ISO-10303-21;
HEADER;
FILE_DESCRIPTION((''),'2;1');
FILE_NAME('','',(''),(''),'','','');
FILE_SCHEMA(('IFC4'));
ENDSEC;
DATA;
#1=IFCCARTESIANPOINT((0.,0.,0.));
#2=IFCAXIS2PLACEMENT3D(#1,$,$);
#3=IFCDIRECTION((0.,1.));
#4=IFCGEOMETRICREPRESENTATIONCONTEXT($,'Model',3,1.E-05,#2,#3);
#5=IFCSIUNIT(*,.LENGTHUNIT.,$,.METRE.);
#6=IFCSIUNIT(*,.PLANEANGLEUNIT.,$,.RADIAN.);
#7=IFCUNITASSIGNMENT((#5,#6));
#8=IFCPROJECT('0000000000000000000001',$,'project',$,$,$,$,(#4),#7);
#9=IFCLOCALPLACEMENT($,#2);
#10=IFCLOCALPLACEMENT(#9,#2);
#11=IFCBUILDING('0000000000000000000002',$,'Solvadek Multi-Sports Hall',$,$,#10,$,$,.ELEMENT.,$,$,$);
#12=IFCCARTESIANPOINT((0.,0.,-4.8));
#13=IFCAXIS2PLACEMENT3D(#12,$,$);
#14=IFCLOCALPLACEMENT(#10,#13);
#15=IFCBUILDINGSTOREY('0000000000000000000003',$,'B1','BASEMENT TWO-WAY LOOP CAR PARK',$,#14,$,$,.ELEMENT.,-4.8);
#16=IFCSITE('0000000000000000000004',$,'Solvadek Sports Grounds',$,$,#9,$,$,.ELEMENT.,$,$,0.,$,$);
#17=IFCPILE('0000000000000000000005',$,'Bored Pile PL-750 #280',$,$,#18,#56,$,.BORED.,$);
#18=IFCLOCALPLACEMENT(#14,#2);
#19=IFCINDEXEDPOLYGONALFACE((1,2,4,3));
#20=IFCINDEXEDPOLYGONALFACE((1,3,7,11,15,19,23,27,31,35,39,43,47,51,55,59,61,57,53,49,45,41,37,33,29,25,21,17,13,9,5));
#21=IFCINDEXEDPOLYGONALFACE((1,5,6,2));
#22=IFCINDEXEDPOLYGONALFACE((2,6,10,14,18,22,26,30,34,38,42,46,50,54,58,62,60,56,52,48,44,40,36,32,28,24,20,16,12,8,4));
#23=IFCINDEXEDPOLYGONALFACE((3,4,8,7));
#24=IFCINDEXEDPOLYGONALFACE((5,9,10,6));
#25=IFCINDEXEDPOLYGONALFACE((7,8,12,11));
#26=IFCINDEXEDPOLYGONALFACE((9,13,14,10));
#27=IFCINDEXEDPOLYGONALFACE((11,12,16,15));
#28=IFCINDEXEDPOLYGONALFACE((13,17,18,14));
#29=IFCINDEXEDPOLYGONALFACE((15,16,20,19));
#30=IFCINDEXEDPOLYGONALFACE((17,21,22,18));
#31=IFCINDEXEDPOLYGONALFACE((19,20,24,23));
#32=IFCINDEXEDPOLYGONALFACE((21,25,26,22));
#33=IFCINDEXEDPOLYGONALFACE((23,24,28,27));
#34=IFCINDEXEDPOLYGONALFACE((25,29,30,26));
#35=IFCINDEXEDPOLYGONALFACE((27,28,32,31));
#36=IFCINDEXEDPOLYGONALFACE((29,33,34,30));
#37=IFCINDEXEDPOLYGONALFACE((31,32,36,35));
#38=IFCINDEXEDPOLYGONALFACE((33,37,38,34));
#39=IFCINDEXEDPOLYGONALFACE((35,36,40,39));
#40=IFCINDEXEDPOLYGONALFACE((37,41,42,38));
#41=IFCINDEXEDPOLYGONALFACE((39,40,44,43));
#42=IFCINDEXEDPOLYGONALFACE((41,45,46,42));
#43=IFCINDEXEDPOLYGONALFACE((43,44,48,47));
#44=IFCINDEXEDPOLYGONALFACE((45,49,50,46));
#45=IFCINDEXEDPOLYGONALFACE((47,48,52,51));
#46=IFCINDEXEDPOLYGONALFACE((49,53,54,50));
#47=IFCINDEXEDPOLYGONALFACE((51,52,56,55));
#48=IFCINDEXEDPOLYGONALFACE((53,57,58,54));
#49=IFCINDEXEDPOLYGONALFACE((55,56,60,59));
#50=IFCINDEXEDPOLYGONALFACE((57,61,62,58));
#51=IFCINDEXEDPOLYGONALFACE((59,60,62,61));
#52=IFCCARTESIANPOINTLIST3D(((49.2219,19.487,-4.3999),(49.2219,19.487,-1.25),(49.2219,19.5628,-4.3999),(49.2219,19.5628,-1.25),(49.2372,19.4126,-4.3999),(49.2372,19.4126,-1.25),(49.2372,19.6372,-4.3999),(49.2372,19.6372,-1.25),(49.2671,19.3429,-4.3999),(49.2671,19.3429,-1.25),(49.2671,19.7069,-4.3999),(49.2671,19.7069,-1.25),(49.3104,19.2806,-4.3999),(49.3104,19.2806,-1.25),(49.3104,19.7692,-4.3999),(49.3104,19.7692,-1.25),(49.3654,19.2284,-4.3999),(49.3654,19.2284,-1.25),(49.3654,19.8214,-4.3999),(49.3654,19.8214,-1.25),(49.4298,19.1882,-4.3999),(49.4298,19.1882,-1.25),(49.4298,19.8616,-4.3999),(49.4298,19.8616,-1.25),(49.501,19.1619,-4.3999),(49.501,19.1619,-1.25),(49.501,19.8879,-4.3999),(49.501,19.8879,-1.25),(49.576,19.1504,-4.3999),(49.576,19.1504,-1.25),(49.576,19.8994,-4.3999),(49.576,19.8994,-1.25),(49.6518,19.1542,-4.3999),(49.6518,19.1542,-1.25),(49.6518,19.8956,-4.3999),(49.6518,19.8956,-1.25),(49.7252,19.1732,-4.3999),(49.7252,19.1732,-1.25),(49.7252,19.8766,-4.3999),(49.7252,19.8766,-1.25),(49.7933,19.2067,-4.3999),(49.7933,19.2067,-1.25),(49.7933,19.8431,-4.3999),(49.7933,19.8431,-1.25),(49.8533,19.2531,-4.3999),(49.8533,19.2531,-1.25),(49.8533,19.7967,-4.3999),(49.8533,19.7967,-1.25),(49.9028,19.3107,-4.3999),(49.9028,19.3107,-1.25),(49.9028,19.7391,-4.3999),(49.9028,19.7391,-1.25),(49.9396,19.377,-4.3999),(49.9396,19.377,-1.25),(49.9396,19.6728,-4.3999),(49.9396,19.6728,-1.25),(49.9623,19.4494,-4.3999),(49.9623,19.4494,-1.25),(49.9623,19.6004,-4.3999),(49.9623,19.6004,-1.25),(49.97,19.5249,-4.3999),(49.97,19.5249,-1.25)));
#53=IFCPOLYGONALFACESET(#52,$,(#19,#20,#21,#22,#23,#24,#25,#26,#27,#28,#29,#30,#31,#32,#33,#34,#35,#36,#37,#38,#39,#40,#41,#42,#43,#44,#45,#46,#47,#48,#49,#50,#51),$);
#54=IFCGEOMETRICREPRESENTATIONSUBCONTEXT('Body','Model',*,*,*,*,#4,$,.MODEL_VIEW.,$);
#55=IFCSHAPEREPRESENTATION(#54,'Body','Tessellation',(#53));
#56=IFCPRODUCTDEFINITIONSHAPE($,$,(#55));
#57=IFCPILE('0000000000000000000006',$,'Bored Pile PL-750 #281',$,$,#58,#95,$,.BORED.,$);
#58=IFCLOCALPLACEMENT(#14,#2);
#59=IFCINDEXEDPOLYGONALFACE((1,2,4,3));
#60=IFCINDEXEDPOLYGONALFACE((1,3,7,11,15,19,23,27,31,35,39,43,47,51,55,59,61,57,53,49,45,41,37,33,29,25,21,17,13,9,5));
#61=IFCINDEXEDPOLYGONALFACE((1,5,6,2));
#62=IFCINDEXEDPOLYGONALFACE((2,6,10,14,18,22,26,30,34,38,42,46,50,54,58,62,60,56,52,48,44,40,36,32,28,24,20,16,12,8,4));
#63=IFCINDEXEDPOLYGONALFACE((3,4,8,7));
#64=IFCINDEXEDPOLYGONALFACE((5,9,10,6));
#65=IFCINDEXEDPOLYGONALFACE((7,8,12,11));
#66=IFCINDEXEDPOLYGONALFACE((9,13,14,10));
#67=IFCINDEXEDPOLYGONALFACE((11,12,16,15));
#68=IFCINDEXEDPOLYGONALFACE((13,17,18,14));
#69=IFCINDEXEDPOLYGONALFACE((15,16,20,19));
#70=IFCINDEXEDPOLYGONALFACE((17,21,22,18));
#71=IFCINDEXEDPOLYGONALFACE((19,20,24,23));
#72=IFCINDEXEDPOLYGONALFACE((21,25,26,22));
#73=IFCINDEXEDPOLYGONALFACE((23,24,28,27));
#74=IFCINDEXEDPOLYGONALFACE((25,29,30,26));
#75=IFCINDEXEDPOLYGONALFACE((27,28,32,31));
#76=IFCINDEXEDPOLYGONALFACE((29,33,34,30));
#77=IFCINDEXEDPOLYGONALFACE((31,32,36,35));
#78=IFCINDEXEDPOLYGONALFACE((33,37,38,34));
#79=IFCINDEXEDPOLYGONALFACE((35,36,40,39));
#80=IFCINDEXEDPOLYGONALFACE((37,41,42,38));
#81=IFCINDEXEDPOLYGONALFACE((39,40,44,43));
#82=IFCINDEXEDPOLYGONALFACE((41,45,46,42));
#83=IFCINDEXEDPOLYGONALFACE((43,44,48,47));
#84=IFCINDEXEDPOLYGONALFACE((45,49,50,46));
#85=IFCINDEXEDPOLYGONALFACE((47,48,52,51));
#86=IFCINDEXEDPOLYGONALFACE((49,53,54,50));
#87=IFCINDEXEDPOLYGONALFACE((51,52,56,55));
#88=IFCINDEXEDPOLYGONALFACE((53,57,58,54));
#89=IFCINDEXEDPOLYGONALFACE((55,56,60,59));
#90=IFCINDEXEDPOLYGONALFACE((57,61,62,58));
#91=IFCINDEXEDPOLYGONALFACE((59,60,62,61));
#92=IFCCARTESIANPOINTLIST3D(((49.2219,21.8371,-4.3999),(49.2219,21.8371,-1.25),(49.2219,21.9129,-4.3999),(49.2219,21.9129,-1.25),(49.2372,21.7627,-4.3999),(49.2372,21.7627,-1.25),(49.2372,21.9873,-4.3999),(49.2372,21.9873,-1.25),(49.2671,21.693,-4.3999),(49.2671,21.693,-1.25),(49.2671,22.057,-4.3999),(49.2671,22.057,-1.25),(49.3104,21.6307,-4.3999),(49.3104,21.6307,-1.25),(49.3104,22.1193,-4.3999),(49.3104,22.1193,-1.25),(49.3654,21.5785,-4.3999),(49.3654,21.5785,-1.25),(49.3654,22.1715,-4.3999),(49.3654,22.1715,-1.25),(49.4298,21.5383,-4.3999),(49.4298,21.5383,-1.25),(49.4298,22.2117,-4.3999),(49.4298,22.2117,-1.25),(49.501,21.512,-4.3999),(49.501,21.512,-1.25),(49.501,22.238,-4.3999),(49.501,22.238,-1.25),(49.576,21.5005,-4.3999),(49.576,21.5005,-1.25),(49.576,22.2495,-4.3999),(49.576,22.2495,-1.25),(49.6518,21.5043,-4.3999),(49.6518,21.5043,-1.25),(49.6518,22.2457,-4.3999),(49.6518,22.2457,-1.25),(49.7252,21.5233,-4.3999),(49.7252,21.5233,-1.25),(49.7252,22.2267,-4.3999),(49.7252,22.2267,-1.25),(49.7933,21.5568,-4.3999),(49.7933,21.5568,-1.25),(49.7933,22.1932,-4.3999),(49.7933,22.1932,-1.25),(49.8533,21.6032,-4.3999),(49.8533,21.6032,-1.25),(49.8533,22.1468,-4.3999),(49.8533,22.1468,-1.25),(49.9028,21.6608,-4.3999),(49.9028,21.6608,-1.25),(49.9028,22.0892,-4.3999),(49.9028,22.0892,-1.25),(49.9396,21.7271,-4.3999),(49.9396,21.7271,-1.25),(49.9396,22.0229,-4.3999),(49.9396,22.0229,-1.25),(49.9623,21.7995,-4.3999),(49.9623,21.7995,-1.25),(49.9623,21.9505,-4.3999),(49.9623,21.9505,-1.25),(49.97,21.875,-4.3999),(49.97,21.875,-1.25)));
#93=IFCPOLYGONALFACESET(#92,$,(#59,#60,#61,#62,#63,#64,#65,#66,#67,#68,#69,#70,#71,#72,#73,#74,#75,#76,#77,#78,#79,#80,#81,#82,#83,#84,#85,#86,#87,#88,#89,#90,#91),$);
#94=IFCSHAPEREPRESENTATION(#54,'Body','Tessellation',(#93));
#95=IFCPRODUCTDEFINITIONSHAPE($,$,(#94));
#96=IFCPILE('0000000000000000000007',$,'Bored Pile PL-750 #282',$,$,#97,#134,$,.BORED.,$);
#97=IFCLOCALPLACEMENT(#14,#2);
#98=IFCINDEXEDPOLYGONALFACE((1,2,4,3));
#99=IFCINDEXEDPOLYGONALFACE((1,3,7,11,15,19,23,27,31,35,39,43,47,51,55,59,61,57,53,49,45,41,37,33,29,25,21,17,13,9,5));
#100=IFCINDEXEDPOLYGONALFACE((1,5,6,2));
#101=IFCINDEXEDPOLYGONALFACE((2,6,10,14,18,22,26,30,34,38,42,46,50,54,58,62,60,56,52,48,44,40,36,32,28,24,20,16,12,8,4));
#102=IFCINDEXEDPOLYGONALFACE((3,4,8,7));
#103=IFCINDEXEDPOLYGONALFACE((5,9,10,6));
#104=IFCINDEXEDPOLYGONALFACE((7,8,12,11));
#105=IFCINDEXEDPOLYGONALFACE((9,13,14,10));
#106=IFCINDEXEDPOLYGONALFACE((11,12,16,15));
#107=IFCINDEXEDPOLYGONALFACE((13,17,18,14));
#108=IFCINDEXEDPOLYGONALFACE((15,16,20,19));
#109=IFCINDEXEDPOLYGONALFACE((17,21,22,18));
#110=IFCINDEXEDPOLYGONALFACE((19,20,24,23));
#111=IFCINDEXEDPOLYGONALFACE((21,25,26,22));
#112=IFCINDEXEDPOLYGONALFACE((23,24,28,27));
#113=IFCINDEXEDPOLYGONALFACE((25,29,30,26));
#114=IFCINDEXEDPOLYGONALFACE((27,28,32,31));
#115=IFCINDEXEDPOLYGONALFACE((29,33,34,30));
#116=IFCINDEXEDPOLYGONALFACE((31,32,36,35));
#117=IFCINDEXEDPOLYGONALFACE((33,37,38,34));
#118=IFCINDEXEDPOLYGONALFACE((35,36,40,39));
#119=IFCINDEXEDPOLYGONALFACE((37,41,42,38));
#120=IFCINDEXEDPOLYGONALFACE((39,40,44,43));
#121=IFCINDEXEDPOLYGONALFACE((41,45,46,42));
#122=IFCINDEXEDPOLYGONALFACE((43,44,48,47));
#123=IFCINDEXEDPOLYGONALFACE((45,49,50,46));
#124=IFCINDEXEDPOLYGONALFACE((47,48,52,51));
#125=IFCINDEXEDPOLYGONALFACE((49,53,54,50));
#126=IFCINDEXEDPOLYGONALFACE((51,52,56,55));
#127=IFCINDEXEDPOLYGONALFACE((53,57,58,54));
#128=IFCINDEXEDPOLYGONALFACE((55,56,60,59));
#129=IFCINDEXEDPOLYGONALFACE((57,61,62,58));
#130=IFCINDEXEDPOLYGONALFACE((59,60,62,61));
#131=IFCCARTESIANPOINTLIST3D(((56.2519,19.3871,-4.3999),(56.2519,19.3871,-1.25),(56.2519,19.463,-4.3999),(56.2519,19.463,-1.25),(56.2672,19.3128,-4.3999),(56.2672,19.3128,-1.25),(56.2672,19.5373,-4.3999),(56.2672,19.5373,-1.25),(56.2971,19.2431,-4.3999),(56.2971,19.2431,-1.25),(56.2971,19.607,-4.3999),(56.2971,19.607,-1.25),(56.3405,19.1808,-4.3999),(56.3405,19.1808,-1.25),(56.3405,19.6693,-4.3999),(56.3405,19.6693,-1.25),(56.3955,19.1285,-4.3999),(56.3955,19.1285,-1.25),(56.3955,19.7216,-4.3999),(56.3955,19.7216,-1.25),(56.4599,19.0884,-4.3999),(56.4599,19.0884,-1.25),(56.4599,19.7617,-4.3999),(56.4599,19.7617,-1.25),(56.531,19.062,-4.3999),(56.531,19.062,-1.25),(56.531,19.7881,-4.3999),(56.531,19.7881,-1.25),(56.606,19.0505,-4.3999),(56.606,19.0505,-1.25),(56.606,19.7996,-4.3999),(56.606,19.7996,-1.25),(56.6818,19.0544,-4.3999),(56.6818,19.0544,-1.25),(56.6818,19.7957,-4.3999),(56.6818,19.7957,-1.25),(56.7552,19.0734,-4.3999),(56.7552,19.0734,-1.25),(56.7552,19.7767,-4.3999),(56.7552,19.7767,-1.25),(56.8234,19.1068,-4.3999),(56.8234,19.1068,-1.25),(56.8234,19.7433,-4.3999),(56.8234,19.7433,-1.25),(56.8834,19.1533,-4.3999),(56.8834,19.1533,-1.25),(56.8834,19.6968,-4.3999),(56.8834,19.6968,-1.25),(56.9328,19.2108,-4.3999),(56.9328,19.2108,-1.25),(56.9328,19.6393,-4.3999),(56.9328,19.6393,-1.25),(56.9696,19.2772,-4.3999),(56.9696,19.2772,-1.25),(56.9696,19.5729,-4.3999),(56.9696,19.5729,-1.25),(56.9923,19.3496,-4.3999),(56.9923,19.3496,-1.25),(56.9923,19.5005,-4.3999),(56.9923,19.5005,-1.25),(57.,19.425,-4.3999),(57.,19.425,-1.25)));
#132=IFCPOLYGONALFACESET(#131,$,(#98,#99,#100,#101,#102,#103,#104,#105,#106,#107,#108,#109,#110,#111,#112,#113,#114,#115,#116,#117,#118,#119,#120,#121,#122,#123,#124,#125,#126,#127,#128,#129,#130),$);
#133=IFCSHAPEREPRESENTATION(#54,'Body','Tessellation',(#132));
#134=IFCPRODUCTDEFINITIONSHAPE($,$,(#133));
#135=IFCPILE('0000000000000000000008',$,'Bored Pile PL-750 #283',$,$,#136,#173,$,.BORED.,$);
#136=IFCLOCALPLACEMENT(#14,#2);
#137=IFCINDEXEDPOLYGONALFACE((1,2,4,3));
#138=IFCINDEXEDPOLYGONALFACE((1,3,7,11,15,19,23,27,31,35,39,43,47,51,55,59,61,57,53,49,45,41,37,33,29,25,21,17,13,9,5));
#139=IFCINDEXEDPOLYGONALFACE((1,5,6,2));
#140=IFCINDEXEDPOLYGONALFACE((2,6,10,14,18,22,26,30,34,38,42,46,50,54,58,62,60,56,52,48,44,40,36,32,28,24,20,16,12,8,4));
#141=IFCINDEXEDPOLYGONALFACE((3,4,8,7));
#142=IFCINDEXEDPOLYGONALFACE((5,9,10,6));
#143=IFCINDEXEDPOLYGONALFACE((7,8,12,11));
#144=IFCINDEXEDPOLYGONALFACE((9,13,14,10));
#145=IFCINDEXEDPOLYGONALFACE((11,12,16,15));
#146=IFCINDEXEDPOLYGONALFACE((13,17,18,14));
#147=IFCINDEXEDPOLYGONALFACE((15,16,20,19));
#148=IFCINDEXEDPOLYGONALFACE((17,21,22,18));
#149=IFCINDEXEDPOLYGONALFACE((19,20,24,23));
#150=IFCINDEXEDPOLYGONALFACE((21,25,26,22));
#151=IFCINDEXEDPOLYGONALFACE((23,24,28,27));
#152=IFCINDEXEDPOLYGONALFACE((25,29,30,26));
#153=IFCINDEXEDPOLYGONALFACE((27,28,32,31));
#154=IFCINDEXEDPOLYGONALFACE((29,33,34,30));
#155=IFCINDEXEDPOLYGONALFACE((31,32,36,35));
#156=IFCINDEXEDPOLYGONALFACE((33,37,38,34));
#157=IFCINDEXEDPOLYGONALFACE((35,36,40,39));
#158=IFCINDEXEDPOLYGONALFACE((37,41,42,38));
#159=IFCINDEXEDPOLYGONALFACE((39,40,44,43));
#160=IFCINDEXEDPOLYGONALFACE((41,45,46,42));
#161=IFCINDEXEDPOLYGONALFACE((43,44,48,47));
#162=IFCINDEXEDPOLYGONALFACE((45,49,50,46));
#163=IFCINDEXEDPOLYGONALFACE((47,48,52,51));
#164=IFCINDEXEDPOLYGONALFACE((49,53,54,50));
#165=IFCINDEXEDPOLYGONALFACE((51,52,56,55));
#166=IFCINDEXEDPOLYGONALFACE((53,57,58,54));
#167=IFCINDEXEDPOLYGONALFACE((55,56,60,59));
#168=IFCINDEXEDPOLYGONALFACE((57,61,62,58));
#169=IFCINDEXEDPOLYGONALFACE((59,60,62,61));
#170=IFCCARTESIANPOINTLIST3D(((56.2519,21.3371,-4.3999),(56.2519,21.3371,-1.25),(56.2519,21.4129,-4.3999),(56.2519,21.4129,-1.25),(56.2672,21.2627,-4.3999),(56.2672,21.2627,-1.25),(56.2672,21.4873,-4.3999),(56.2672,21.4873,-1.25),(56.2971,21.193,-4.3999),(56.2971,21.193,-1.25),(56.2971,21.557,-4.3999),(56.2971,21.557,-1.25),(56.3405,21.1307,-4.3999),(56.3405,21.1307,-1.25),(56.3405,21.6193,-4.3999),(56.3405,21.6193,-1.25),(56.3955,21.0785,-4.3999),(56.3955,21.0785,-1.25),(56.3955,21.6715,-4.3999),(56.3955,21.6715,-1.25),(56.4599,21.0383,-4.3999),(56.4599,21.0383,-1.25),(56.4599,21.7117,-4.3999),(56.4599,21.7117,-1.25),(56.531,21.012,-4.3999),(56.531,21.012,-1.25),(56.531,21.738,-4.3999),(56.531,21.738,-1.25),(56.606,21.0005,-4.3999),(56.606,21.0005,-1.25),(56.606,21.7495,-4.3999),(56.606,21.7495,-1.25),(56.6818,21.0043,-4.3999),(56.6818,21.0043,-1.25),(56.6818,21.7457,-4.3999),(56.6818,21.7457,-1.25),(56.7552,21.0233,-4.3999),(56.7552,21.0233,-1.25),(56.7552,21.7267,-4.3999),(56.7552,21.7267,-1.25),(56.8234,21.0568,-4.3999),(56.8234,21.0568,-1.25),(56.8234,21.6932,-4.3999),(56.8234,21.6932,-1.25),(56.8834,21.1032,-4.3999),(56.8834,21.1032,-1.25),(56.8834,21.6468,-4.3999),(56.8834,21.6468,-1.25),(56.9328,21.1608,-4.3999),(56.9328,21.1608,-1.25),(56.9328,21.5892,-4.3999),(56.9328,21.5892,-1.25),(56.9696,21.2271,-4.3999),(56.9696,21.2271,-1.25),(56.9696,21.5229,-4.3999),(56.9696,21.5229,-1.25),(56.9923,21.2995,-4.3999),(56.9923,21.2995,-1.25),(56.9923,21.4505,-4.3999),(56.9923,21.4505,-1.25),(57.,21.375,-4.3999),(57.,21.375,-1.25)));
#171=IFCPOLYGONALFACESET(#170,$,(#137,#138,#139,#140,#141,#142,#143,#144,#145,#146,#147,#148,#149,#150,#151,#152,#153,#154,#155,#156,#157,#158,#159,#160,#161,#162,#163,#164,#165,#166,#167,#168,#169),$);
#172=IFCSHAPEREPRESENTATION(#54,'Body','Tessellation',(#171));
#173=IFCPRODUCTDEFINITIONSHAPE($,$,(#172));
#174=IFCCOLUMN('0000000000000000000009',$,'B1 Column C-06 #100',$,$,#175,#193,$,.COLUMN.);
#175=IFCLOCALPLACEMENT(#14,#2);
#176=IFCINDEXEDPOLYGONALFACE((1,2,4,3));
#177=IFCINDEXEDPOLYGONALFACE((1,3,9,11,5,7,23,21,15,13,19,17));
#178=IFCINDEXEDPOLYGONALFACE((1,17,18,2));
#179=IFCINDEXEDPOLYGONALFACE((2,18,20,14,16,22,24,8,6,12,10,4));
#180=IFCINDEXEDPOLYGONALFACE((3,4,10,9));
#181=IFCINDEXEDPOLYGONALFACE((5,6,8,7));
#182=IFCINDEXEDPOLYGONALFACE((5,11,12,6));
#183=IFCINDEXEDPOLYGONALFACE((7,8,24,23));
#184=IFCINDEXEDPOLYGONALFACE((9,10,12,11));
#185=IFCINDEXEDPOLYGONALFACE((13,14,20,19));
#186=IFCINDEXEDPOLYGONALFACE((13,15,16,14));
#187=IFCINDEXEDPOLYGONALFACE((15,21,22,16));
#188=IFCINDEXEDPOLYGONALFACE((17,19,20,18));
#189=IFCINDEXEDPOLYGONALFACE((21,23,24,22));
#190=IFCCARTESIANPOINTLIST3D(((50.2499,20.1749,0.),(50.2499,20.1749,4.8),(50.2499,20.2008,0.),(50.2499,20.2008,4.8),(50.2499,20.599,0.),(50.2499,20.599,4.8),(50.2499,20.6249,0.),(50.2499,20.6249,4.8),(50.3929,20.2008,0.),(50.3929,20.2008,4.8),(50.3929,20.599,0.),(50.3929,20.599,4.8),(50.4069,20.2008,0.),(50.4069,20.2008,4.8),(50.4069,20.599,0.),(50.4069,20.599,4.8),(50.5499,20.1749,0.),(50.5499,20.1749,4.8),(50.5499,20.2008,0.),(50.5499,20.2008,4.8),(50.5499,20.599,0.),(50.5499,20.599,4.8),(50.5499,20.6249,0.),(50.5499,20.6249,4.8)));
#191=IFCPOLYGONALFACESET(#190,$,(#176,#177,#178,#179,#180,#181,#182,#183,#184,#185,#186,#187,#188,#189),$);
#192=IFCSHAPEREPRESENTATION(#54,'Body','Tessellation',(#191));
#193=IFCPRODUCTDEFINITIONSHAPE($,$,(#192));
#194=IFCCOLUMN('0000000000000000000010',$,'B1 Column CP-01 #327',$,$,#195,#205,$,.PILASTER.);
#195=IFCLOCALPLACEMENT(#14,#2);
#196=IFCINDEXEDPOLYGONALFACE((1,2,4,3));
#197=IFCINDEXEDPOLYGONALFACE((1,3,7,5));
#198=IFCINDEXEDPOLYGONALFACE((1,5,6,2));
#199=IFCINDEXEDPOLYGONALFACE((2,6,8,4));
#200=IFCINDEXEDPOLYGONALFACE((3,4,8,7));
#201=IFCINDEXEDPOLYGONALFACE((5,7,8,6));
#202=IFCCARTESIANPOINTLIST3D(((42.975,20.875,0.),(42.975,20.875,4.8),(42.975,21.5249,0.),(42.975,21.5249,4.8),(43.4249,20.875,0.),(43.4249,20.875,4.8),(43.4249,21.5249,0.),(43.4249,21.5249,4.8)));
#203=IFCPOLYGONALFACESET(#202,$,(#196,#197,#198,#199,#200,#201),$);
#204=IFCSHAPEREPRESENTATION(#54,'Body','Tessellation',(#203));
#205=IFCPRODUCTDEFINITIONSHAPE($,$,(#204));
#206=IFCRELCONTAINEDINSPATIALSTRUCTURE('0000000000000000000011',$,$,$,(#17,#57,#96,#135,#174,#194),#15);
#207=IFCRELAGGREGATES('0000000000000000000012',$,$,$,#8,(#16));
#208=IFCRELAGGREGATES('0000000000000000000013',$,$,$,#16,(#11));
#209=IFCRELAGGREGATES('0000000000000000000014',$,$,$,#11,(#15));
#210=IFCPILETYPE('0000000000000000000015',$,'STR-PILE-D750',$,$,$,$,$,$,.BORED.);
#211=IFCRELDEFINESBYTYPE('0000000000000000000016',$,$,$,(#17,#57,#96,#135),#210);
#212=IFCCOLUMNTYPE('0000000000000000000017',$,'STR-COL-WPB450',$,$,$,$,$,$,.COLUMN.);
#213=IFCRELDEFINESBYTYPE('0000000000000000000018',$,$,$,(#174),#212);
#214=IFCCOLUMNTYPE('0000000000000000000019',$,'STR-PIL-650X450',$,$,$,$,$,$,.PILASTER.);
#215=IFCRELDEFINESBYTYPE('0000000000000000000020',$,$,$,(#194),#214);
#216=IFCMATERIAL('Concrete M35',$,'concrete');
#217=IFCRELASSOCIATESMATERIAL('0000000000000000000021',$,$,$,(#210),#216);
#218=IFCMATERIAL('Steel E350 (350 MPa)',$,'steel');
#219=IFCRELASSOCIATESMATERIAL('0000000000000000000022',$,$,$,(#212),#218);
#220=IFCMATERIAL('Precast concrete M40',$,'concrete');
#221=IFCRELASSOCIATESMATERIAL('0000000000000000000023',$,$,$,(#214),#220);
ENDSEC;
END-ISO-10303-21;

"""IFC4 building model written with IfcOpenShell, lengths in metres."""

from ifc_helpers import new_model, si_unit, direction, frame, origin, origin_2d, place, context, subcontext, project, spatial, rectangle, circle, i_section, extrude, material, material_profile, profile_set, type_object, element, save


model = new_model("IFC4")

# Units and contexts
model_context = context("Model", 3, precision=1e-05, world=origin(), true_north=direction((0.0, 1.0)))
body_context = subcontext(model_context, "Body", "Model", "MODEL_VIEW")
ifc_project = project(units=[si_unit("LENGTHUNIT", "METRE"), si_unit("PLANEANGLEUNIT", "RADIAN")], contexts=[model_context])

# Site, building, storey
site_placement = place(None, origin())
site = spatial("IfcSite", under=ifc_project, at=site_placement, Name="Solvadek Sports Grounds", CompositionType="ELEMENT", RefElevation=0.0)
building_placement = place(site_placement, origin())
building = spatial("IfcBuilding", under=site, at=building_placement, Name="Solvadek Multi-Sports Hall", CompositionType="ELEMENT")
storey_placement = place(building_placement, frame((0.0, 0.0, -4.8)))
storey = spatial("IfcBuildingStorey", under=building, at=storey_placement, Name="B1", Description="BASEMENT TWO-WAY LOOP CAR PARK", CompositionType="ELEMENT", Elevation=-4.8)

# Piles
ifc_material_1 = material(Name="Concrete M35", Category="concrete")
ifc_material_profile_1 = material_profile(ifc_material_1, circle(Radius=0.375, at=origin_2d()), Name="BORED PILE D750")
ifc_profile_set_1 = profile_set([ifc_material_profile_1], Name="Concrete M35")
pile_type_1 = type_object("IfcPileType", Name="STR-PILE-D750", PredefinedType="BORED", material=ifc_profile_set_1)
for number, where, z_axis, x_axis, name in (
    (1, (49.595, 19.5249, -1.25), (0.0, 0.0, -1.0), (1.0, 0.0, 0.0), "Bored Pile PL-750 #280"),
    (2, (49.595, 21.875, -1.25), (0.0, 0.0, -1.0), (1.0, 0.0, 0.0), "Bored Pile PL-750 #281"),
    (3, (56.625, 19.425, -1.25), (0.0, 0.0, -1.0), (1.0, 0.0, 0.0), "Bored Pile PL-750 #282"),
    (4, (56.625, 21.375, -1.25), (0.0, 0.0, -1.0), (1.0, 0.0, 0.0), "Bored Pile PL-750 #283"),
):
    element("IfcPile", number, at=place(storey_placement, frame(where, z_axis=z_axis, x_axis=x_axis)), inside=storey, type_object=pile_type_1, Name=name, PredefinedType="BORED", context=body_context, shape_type="SweptSolid", body=[
        extrude(circle(Radius=0.375, at=origin_2d()), origin(), (0.0, 0.0, 1.0), 3.1499),
    ])

# Columns
ifc_material_2 = material(Name="Steel E350 (350 MPa)", Category="steel")
ifc_material_profile_2 = material_profile(ifc_material_2, i_section(OverallWidth=0.3, OverallDepth=0.45, WebThickness=0.0139, FlangeThickness=0.0259, at=origin_2d()), Name="WPB 450")
ifc_profile_set_2 = profile_set([ifc_material_profile_2], Name="Steel E350 (350 MPa)")
column_type_1 = type_object("IfcColumnType", Name="STR-COL-WPB450", PredefinedType="COLUMN", material=ifc_profile_set_2)
column_placement = place(storey_placement, frame((50.3999, 20.3999, 0.0), z_axis=(0.0, 0.0, 1.0), x_axis=(1.0, 0.0, 0.0)))
element("IfcColumn", 5, at=column_placement, inside=storey, type_object=column_type_1, Name="B1 Column C-06 #100", PredefinedType="COLUMN", context=body_context, shape_type="SweptSolid", body=[
    extrude(i_section(OverallWidth=0.3, OverallDepth=0.45, WebThickness=0.0139, FlangeThickness=0.0259, at=origin_2d()), origin(), (0.0, 0.0, 1.0), 4.8),
])
ifc_material_3 = material(Name="Precast concrete M40", Category="concrete")
ifc_material_profile_3 = material_profile(ifc_material_3, rectangle(XDim=0.45, YDim=0.6499, at=origin_2d()), Name="RC PILASTER 650x450")
ifc_profile_set_3 = profile_set([ifc_material_profile_3], Name="Precast concrete M40")
column_type_2 = type_object("IfcColumnType", Name="STR-PIL-650X450", PredefinedType="PILASTER", material=ifc_profile_set_3)
for number, where, z_axis, x_axis, name in (
    (6, (43.2, 21.2, 0.0), (0.0, 0.0, 1.0), (1.0, 0.0, 0.0), "B1 Column CP-01 #327"),
):
    element("IfcColumn", number, at=place(storey_placement, frame(where, z_axis=z_axis, x_axis=x_axis)), inside=storey, type_object=column_type_2, Name=name, PredefinedType="PILASTER", context=body_context, shape_type="SweptSolid", body=[
        extrude(rectangle(XDim=0.45, YDim=0.6499, at=origin_2d()), origin(), (0.0, 0.0, 1.0), 4.8),
    ])

save(model, "model.ifc")
